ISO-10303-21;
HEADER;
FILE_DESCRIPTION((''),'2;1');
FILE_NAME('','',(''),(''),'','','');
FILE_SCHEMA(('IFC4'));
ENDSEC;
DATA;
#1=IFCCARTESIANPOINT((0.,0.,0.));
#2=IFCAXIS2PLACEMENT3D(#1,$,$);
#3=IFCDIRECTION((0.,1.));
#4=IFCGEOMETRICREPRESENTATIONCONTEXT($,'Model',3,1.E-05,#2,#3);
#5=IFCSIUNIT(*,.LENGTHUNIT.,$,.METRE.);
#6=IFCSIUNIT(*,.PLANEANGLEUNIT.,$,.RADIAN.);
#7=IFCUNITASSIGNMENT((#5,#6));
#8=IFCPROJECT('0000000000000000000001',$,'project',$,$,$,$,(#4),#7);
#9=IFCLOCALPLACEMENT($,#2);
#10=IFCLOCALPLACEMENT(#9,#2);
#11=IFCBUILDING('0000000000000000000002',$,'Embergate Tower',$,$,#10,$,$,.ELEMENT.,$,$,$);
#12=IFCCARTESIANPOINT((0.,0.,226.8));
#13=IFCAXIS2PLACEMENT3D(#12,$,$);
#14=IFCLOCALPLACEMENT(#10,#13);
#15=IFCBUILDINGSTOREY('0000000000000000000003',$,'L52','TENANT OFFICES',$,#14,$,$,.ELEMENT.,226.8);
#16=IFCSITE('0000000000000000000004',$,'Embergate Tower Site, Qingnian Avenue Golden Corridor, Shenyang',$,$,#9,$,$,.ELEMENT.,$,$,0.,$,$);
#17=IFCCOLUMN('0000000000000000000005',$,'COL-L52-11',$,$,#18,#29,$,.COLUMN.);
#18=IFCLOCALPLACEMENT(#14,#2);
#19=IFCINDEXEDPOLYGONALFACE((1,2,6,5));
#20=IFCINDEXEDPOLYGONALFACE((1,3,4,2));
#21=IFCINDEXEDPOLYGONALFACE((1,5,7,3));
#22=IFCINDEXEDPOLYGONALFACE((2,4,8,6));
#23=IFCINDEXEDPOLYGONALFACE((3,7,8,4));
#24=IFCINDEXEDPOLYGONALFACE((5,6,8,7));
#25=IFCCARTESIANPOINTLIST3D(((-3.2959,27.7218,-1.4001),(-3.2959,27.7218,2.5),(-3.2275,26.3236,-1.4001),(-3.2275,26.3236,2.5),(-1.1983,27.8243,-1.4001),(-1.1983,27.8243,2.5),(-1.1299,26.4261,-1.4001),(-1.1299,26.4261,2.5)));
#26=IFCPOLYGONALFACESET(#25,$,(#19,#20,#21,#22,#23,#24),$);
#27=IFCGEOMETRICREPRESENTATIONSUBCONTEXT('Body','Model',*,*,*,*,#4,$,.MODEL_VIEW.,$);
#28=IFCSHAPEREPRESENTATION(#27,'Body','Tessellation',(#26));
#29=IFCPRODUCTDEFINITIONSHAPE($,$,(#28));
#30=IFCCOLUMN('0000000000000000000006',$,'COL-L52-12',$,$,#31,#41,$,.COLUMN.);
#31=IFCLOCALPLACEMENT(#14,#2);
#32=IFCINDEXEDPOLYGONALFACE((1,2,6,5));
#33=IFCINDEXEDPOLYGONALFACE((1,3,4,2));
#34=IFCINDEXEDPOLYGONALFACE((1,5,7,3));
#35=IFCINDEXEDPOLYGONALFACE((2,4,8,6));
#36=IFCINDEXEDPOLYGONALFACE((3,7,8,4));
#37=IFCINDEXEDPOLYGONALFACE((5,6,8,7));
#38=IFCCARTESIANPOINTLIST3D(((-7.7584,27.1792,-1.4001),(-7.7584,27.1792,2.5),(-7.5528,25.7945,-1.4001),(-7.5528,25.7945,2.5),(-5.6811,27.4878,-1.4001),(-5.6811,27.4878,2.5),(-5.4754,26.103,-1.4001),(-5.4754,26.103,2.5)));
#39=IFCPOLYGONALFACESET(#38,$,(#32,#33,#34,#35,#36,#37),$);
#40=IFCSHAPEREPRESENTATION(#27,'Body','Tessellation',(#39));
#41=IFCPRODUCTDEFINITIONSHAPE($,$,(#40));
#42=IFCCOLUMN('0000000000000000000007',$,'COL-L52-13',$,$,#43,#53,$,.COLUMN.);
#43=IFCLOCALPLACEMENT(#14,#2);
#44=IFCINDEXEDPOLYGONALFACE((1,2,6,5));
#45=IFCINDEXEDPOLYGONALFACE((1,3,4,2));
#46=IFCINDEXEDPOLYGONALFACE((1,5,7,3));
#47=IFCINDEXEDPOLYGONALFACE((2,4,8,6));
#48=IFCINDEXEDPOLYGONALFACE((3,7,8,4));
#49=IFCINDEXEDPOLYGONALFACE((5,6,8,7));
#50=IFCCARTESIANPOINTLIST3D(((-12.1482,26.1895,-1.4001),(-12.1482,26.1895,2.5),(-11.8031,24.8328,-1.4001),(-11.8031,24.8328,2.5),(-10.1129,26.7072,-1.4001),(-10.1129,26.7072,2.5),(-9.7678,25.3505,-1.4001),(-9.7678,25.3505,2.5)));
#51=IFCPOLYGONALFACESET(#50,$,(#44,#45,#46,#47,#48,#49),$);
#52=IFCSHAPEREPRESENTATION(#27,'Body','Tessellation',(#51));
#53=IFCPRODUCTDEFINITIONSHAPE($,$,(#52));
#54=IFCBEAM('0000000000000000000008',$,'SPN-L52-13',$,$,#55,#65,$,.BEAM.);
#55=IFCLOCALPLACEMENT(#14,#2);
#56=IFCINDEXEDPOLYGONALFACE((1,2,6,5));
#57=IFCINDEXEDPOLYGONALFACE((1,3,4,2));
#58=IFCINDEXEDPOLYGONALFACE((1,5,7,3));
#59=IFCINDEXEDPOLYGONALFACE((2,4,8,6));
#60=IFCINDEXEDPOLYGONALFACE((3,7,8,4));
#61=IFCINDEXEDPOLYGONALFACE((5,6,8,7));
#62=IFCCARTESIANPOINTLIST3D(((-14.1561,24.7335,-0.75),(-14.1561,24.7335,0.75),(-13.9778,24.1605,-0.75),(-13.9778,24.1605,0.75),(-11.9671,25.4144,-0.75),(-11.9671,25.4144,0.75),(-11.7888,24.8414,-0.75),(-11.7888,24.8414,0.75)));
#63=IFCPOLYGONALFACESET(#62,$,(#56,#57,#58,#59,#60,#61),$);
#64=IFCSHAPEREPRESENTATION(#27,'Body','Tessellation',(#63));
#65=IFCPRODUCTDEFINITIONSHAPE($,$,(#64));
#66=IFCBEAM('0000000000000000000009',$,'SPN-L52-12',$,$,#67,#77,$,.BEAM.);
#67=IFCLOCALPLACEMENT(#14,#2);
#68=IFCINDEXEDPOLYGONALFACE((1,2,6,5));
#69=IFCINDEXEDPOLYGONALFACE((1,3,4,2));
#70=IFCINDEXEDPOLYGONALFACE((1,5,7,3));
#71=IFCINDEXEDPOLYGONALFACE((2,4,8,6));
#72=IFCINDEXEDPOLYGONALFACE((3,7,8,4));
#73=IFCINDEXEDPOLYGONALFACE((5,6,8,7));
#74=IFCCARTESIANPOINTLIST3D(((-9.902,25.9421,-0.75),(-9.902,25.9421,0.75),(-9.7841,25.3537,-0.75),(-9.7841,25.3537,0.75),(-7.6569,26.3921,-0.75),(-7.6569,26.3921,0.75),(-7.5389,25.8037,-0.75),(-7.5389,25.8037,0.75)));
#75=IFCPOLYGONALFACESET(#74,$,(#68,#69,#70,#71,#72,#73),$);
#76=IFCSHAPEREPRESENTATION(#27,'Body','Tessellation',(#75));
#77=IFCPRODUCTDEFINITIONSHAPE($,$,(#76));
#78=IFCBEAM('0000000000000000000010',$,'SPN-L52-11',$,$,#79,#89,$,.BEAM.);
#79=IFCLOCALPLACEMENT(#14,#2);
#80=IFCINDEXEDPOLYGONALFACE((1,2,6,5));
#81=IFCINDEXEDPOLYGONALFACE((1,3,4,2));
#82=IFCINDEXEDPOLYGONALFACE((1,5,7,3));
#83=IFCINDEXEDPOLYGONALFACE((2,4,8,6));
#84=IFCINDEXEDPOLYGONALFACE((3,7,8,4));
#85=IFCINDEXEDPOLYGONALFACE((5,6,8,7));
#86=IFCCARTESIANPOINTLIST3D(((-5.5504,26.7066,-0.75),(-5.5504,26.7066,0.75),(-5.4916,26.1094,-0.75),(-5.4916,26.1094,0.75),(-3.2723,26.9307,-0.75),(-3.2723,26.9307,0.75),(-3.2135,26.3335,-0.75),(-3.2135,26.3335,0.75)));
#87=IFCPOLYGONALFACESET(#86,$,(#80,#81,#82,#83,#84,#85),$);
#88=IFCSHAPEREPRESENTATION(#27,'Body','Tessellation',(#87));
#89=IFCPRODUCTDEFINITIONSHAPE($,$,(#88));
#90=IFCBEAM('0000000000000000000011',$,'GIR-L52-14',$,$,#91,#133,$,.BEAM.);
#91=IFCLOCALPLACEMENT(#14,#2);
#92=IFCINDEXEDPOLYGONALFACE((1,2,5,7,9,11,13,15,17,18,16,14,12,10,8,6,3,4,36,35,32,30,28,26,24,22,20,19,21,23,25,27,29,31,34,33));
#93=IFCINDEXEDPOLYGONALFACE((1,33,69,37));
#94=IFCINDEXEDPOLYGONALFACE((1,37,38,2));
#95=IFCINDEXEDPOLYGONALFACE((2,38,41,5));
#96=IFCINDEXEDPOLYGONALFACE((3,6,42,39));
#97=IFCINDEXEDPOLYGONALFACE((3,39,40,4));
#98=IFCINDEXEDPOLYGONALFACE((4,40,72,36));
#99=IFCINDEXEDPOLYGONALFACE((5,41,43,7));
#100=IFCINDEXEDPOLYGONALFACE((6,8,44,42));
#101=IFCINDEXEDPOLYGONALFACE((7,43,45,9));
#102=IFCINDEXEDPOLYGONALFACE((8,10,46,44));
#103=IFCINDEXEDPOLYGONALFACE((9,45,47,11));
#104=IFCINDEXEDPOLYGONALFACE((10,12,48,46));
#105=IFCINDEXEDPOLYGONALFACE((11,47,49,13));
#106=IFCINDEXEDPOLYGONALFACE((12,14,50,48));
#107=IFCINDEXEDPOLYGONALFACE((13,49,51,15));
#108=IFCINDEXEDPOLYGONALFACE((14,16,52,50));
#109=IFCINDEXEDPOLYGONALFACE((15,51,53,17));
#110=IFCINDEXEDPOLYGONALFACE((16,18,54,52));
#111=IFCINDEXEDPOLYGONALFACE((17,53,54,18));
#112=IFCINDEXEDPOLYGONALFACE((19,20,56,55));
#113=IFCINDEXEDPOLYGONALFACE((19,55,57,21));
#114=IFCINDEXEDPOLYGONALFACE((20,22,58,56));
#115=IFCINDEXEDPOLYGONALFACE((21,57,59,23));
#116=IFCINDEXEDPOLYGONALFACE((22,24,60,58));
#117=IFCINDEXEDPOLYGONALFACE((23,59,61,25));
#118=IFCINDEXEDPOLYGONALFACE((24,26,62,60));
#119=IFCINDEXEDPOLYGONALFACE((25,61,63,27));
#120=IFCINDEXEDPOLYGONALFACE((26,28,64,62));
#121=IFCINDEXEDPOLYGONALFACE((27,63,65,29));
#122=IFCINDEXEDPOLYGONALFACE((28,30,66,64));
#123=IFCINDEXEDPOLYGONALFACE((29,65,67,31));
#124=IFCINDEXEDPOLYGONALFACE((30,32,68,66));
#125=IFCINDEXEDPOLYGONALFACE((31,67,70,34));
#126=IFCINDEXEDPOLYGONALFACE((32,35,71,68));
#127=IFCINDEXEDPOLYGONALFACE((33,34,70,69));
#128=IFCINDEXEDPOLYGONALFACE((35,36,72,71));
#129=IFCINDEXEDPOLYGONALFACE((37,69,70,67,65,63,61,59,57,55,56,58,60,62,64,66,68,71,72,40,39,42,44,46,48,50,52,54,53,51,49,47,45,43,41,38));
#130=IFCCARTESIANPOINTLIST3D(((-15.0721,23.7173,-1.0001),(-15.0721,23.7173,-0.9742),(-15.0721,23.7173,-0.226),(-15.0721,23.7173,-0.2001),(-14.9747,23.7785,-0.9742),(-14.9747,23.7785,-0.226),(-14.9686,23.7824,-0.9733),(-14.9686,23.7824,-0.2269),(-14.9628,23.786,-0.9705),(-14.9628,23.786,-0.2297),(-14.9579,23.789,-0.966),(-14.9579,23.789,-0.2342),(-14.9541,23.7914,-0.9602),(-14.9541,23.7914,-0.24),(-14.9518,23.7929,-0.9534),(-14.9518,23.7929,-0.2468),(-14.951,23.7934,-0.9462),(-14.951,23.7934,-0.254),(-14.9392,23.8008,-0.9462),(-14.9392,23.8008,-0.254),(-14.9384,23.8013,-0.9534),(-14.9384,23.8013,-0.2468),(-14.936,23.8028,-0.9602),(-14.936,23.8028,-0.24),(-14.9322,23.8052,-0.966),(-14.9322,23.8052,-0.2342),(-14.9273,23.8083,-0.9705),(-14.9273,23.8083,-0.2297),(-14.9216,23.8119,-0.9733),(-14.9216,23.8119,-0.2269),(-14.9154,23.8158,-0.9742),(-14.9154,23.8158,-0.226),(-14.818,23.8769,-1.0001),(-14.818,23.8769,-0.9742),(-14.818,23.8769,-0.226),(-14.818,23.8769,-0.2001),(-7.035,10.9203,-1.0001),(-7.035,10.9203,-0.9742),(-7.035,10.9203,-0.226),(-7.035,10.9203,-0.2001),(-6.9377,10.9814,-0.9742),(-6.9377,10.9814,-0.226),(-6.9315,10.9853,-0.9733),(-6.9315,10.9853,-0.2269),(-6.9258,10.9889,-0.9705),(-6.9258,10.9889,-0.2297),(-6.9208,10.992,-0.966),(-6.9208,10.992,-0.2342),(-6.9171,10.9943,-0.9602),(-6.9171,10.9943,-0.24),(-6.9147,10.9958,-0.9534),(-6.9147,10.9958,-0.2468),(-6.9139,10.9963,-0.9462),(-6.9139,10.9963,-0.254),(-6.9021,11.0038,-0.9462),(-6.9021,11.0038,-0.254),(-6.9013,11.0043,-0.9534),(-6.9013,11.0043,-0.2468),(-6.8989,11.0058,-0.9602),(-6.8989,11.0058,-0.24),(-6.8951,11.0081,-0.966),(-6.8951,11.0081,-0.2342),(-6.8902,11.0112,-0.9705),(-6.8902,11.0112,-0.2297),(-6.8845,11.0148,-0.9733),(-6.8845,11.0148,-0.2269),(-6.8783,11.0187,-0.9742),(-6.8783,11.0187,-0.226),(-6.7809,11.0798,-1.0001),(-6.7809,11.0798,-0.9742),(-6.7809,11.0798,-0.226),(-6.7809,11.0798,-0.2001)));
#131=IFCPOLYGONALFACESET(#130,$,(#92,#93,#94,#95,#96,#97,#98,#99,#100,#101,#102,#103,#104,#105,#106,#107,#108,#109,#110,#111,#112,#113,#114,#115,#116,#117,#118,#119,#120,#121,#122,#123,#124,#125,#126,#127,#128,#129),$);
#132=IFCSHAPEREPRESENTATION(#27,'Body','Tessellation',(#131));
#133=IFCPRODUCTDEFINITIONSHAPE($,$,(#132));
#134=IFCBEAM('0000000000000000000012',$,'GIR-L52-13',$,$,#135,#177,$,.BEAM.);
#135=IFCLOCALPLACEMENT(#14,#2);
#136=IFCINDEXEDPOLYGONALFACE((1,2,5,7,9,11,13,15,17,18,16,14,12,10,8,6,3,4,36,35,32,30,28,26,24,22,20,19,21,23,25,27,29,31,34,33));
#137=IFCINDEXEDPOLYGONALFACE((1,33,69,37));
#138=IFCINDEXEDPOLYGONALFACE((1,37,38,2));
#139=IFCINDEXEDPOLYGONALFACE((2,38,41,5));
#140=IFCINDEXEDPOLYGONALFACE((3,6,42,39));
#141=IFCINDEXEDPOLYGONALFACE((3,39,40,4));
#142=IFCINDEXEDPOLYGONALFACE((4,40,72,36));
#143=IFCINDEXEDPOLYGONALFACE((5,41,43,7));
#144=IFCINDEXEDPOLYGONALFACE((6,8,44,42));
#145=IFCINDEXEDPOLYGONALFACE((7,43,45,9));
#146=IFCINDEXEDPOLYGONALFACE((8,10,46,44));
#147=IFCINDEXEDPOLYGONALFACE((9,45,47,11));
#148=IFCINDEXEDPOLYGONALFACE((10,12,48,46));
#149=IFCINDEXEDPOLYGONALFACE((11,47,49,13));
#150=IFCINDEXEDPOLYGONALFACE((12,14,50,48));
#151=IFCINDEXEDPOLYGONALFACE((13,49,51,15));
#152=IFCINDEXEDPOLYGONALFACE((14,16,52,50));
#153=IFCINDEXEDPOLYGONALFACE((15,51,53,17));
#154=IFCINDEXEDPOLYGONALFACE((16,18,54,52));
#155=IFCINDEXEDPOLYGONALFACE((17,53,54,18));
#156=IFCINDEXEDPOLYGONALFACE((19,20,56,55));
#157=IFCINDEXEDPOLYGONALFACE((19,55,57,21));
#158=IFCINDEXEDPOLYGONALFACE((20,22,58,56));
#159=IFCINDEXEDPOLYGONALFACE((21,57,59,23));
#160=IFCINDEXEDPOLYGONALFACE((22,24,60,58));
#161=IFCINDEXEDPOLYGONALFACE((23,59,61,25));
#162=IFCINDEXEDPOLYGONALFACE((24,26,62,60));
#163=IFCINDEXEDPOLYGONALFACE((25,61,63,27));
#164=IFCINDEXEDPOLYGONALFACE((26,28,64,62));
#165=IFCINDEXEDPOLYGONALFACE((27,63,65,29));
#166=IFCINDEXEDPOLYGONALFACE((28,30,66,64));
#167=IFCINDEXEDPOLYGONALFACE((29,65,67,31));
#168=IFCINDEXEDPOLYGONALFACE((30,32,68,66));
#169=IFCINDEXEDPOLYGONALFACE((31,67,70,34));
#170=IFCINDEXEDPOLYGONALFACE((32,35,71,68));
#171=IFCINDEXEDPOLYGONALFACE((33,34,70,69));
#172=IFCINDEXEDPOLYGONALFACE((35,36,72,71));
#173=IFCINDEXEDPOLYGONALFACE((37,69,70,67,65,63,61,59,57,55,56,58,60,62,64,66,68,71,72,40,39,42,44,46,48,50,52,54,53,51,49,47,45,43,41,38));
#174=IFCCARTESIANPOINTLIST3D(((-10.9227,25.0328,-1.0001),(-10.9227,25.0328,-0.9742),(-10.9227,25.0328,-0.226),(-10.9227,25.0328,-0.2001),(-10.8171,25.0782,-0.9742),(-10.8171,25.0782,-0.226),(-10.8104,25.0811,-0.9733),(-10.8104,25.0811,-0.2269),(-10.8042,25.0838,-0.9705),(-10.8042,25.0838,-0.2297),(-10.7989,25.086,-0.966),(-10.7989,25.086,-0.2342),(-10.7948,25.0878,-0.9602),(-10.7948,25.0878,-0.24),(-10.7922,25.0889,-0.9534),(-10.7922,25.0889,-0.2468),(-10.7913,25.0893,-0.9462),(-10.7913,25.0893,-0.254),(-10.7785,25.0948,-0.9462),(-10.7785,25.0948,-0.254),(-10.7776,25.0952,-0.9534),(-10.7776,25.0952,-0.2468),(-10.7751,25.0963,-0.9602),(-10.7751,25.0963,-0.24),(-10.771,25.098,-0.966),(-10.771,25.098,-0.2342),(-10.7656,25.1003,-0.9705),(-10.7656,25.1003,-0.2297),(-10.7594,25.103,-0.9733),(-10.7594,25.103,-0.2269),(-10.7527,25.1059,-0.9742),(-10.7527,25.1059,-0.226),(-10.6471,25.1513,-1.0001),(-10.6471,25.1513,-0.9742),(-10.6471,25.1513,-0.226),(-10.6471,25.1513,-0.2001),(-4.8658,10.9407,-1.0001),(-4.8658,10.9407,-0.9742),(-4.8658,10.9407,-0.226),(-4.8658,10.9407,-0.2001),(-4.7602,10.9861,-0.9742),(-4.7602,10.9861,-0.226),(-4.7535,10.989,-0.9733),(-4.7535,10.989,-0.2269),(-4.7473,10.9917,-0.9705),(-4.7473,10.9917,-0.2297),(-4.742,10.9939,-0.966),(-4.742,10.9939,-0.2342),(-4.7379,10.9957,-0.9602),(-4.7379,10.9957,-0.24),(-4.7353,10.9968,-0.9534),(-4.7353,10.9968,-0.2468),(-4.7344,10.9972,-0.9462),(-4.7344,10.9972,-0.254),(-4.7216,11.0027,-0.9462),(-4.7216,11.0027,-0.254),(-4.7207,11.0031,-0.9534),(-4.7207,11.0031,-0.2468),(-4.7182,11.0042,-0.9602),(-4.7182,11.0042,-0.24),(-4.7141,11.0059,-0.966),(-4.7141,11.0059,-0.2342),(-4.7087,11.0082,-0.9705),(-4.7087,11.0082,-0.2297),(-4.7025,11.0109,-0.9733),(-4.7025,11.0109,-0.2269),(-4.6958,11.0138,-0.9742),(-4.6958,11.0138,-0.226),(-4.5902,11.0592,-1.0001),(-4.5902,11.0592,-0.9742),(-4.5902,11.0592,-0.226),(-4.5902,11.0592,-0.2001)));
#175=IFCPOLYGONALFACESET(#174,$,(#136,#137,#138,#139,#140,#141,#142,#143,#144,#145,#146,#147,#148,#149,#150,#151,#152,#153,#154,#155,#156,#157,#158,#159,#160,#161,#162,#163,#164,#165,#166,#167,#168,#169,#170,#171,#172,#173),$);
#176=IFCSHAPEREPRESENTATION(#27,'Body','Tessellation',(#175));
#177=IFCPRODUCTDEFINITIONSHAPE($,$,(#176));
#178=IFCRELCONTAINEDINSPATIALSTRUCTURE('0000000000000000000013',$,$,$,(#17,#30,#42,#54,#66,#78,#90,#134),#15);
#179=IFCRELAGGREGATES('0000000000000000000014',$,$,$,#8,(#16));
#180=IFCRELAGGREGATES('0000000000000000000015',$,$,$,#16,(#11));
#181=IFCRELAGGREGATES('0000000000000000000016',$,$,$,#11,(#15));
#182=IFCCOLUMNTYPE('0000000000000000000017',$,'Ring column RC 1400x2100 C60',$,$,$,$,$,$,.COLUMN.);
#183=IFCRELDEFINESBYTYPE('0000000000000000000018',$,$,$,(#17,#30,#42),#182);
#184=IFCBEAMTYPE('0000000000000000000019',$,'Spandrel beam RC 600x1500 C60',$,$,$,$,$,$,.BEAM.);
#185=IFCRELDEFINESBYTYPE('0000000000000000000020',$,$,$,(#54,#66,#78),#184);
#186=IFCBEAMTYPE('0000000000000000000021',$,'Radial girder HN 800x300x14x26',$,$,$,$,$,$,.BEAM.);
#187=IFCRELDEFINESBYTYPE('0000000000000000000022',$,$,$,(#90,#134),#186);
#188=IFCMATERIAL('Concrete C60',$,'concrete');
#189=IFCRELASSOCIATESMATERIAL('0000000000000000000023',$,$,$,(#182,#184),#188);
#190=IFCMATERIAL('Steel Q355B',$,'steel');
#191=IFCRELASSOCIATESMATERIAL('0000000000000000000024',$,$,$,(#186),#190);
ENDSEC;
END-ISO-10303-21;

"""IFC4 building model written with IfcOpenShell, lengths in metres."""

from ifc_helpers import new_model, si_unit, direction, frame, origin, origin_2d, place, context, subcontext, project, spatial, rectangle, i_section, extrude, source, transform, mapped, material, material_profile, profile_set, type_object, element, save


model = new_model("IFC4")

# Units and contexts
model_context = context("Model", 3, precision=1e-05, world=origin(), true_north=direction((0.0, 1.0)))
body_context = subcontext(model_context, "Body", "Model", "MODEL_VIEW")
ifc_project = project(units=[si_unit("LENGTHUNIT", "METRE"), si_unit("PLANEANGLEUNIT", "RADIAN")], contexts=[model_context])

# Site, building, storey
site_placement = place(None, origin())
site = spatial("IfcSite", under=ifc_project, at=site_placement, Name="Embergate Tower Site, Qingnian Avenue Golden Corridor, Shenyang", CompositionType="ELEMENT", RefElevation=0.0)
building_placement = place(site_placement, origin())
building = spatial("IfcBuilding", under=site, at=building_placement, Name="Embergate Tower", CompositionType="ELEMENT")
storey_placement = place(building_placement, frame((0.0, 0.0, 226.8)))
storey = spatial("IfcBuildingStorey", under=building, at=storey_placement, Name="L52", Description="TENANT OFFICES", CompositionType="ELEMENT", Elevation=226.8)

# Columns
ifc_material_1 = material(Name="Concrete C60", Category="concrete")
ifc_material_profile_1 = material_profile(ifc_material_1, rectangle(XDim=1.3999, YDim=2.1001, at=origin_2d()), Name="RC 1400x2100")
ifc_profile_set_1 = profile_set([ifc_material_profile_1], Name="Concrete C60")
column_type = type_object("IfcColumnType", Name="Ring column RC 1400x2100 C60", PredefinedType="COLUMN", material=ifc_profile_set_1)
shared_shape_1 = source(origin(), body_context, "Body", "SweptSolid", [
    extrude(rectangle(XDim=1.3999, YDim=2.1001, at=origin_2d()), origin(), (0.0, 0.0, 1.0), 3.9001),
])
for number, where, z_axis, x_axis, name in (
    (1, (-2.2129, 27.074, -1.4001), (0.0, 0.0, 1.0), (-0.048815, 0.998808, 0.0), "COL-L52-11"),
    (2, (-6.6169, 26.6411, -1.4001), (0.0, 0.0, 1.0), (-0.146929, 0.989147, 0.0), "COL-L52-12"),
    (3, (-10.958, 25.77, -1.4001), (0.0, 0.0, 1.0), (-0.246509, 0.969141, 0.0), "COL-L52-13"),
):
    element("IfcColumn", number, at=place(storey_placement, frame(where, z_axis=z_axis, x_axis=x_axis)), inside=storey, type_object=column_type, Name=name, PredefinedType="COLUMN", context=body_context, shape_type="MappedRepresentation", body=[
        mapped(shared_shape_1, transform((0.0, 0.0, 0.0))),
    ])

# Beams
ifc_material_profile_2 = material_profile(ifc_material_1, rectangle(XDim=0.6001, YDim=1.5, at=origin_2d()), Name="RC 600x1500")
ifc_profile_set_2 = profile_set([ifc_material_profile_2], Name="Concrete C60")
beam_type_1 = type_object("IfcBeamType", Name="Spandrel beam RC 600x1500 C60", PredefinedType="BEAM", material=ifc_profile_set_2)
shared_shape_2 = source(origin(), body_context, "Body", "SweptSolid", [
    extrude(rectangle(XDim=0.6001, YDim=1.5, at=origin_2d()), origin(), (0.0, 0.0, 1.0), 2.2925),
])
beam_1_placement = place(storey_placement, frame((-11.8779, 25.1279, 0.0), z_axis=(-0.95487, -0.297026, 0.0), x_axis=(0.297026, -0.95487, 0.0)))
element("IfcBeam", 4, at=beam_1_placement, inside=storey, type_object=beam_type_1, Name="SPN-L52-13", PredefinedType="BEAM", context=body_context, shape_type="MappedRepresentation", body=[
    mapped(shared_shape_2, transform((0.0, 0.0, 0.0))),
])
shared_shape_3 = source(origin(), body_context, "Body", "SweptSolid", [
    extrude(rectangle(XDim=0.6001, YDim=1.5, at=origin_2d()), origin(), (0.0, 0.0, 1.0), 2.2898),
])
beam_2_placement = place(storey_placement, frame((-7.5979, 26.0979, 0.0), z_axis=(-0.980503, -0.196506, 0.0), x_axis=(0.196506, -0.980503, 0.0)))
element("IfcBeam", 5, at=beam_2_placement, inside=storey, type_object=beam_type_1, Name="SPN-L52-12", PredefinedType="BEAM", context=body_context, shape_type="MappedRepresentation", body=[
    mapped(shared_shape_3, transform((0.0, 0.0, 0.0))),
])
shared_shape_4 = source(origin(), body_context, "Body", "SweptSolid", [
    extrude(rectangle(XDim=0.6001, YDim=1.5, at=origin_2d()), origin(), (0.0, 0.0, 1.0), 2.2891),
])
beam_3_placement = place(storey_placement, frame((-3.2429, 26.6321, 0.0), z_axis=(-0.995195, -0.097909, 0.0), x_axis=(0.097909, -0.995195, 0.0)))
element("IfcBeam", 6, at=beam_3_placement, inside=storey, type_object=beam_type_1, Name="SPN-L52-11", PredefinedType="BEAM", context=body_context, shape_type="MappedRepresentation", body=[
    mapped(shared_shape_4, transform((0.0, 0.0, 0.0))),
])
ifc_material_2 = material(Name="Steel Q355B", Category="steel")
ifc_material_profile_3 = material_profile(ifc_material_2, i_section(OverallWidth=0.3, OverallDepth=0.8, WebThickness=0.0139, FlangeThickness=0.0259, FilletRadius=0.0281, at=origin_2d()), Name="HN 800x300x14x26")
ifc_profile_set_3 = profile_set([ifc_material_profile_3], Name="Steel Q355 grade B")
beam_type_2 = type_object("IfcBeamType", Name="Radial girder HN 800x300x14x26", PredefinedType="BEAM", material=ifc_profile_set_3)
shared_shape_5 = source(origin(), body_context, "Body", "SweptSolid", [
    extrude(i_section(OverallWidth=0.3, OverallDepth=0.8, WebThickness=0.0139, FlangeThickness=0.0259, FilletRadius=0.0281, at=origin_2d()), origin(), (0.0, 0.0, 1.0), 15.1116),
])
beam_4_placement = place(storey_placement, frame((-14.9451, 23.7971, -0.6001), z_axis=(0.531849, -0.846839, 0.0), x_axis=(0.846839, 0.531849, 0.0)))
element("IfcBeam", 7, at=beam_4_placement, inside=storey, type_object=beam_type_2, Name="GIR-L52-14", PredefinedType="BEAM", context=body_context, shape_type="MappedRepresentation", body=[
    mapped(shared_shape_5, transform((0.0, 0.0, 0.0))),
])
shared_shape_6 = source(origin(), body_context, "Body", "SweptSolid", [
    extrude(i_section(OverallWidth=0.3, OverallDepth=0.8, WebThickness=0.0139, FlangeThickness=0.0259, FilletRadius=0.0281, at=origin_2d()), origin(), (0.0, 0.0, 1.0), 15.3386),
])
beam_5_placement = place(storey_placement, frame((-10.7849, 25.092, -0.6001), z_axis=(0.39488, -0.918733, 0.0), x_axis=(0.918733, 0.39488, 0.0)))
element("IfcBeam", 8, at=beam_5_placement, inside=storey, type_object=beam_type_2, Name="GIR-L52-13", PredefinedType="BEAM", context=body_context, shape_type="MappedRepresentation", body=[
    mapped(shared_shape_6, transform((0.0, 0.0, 0.0))),
])

save(model, "model.ifc")
